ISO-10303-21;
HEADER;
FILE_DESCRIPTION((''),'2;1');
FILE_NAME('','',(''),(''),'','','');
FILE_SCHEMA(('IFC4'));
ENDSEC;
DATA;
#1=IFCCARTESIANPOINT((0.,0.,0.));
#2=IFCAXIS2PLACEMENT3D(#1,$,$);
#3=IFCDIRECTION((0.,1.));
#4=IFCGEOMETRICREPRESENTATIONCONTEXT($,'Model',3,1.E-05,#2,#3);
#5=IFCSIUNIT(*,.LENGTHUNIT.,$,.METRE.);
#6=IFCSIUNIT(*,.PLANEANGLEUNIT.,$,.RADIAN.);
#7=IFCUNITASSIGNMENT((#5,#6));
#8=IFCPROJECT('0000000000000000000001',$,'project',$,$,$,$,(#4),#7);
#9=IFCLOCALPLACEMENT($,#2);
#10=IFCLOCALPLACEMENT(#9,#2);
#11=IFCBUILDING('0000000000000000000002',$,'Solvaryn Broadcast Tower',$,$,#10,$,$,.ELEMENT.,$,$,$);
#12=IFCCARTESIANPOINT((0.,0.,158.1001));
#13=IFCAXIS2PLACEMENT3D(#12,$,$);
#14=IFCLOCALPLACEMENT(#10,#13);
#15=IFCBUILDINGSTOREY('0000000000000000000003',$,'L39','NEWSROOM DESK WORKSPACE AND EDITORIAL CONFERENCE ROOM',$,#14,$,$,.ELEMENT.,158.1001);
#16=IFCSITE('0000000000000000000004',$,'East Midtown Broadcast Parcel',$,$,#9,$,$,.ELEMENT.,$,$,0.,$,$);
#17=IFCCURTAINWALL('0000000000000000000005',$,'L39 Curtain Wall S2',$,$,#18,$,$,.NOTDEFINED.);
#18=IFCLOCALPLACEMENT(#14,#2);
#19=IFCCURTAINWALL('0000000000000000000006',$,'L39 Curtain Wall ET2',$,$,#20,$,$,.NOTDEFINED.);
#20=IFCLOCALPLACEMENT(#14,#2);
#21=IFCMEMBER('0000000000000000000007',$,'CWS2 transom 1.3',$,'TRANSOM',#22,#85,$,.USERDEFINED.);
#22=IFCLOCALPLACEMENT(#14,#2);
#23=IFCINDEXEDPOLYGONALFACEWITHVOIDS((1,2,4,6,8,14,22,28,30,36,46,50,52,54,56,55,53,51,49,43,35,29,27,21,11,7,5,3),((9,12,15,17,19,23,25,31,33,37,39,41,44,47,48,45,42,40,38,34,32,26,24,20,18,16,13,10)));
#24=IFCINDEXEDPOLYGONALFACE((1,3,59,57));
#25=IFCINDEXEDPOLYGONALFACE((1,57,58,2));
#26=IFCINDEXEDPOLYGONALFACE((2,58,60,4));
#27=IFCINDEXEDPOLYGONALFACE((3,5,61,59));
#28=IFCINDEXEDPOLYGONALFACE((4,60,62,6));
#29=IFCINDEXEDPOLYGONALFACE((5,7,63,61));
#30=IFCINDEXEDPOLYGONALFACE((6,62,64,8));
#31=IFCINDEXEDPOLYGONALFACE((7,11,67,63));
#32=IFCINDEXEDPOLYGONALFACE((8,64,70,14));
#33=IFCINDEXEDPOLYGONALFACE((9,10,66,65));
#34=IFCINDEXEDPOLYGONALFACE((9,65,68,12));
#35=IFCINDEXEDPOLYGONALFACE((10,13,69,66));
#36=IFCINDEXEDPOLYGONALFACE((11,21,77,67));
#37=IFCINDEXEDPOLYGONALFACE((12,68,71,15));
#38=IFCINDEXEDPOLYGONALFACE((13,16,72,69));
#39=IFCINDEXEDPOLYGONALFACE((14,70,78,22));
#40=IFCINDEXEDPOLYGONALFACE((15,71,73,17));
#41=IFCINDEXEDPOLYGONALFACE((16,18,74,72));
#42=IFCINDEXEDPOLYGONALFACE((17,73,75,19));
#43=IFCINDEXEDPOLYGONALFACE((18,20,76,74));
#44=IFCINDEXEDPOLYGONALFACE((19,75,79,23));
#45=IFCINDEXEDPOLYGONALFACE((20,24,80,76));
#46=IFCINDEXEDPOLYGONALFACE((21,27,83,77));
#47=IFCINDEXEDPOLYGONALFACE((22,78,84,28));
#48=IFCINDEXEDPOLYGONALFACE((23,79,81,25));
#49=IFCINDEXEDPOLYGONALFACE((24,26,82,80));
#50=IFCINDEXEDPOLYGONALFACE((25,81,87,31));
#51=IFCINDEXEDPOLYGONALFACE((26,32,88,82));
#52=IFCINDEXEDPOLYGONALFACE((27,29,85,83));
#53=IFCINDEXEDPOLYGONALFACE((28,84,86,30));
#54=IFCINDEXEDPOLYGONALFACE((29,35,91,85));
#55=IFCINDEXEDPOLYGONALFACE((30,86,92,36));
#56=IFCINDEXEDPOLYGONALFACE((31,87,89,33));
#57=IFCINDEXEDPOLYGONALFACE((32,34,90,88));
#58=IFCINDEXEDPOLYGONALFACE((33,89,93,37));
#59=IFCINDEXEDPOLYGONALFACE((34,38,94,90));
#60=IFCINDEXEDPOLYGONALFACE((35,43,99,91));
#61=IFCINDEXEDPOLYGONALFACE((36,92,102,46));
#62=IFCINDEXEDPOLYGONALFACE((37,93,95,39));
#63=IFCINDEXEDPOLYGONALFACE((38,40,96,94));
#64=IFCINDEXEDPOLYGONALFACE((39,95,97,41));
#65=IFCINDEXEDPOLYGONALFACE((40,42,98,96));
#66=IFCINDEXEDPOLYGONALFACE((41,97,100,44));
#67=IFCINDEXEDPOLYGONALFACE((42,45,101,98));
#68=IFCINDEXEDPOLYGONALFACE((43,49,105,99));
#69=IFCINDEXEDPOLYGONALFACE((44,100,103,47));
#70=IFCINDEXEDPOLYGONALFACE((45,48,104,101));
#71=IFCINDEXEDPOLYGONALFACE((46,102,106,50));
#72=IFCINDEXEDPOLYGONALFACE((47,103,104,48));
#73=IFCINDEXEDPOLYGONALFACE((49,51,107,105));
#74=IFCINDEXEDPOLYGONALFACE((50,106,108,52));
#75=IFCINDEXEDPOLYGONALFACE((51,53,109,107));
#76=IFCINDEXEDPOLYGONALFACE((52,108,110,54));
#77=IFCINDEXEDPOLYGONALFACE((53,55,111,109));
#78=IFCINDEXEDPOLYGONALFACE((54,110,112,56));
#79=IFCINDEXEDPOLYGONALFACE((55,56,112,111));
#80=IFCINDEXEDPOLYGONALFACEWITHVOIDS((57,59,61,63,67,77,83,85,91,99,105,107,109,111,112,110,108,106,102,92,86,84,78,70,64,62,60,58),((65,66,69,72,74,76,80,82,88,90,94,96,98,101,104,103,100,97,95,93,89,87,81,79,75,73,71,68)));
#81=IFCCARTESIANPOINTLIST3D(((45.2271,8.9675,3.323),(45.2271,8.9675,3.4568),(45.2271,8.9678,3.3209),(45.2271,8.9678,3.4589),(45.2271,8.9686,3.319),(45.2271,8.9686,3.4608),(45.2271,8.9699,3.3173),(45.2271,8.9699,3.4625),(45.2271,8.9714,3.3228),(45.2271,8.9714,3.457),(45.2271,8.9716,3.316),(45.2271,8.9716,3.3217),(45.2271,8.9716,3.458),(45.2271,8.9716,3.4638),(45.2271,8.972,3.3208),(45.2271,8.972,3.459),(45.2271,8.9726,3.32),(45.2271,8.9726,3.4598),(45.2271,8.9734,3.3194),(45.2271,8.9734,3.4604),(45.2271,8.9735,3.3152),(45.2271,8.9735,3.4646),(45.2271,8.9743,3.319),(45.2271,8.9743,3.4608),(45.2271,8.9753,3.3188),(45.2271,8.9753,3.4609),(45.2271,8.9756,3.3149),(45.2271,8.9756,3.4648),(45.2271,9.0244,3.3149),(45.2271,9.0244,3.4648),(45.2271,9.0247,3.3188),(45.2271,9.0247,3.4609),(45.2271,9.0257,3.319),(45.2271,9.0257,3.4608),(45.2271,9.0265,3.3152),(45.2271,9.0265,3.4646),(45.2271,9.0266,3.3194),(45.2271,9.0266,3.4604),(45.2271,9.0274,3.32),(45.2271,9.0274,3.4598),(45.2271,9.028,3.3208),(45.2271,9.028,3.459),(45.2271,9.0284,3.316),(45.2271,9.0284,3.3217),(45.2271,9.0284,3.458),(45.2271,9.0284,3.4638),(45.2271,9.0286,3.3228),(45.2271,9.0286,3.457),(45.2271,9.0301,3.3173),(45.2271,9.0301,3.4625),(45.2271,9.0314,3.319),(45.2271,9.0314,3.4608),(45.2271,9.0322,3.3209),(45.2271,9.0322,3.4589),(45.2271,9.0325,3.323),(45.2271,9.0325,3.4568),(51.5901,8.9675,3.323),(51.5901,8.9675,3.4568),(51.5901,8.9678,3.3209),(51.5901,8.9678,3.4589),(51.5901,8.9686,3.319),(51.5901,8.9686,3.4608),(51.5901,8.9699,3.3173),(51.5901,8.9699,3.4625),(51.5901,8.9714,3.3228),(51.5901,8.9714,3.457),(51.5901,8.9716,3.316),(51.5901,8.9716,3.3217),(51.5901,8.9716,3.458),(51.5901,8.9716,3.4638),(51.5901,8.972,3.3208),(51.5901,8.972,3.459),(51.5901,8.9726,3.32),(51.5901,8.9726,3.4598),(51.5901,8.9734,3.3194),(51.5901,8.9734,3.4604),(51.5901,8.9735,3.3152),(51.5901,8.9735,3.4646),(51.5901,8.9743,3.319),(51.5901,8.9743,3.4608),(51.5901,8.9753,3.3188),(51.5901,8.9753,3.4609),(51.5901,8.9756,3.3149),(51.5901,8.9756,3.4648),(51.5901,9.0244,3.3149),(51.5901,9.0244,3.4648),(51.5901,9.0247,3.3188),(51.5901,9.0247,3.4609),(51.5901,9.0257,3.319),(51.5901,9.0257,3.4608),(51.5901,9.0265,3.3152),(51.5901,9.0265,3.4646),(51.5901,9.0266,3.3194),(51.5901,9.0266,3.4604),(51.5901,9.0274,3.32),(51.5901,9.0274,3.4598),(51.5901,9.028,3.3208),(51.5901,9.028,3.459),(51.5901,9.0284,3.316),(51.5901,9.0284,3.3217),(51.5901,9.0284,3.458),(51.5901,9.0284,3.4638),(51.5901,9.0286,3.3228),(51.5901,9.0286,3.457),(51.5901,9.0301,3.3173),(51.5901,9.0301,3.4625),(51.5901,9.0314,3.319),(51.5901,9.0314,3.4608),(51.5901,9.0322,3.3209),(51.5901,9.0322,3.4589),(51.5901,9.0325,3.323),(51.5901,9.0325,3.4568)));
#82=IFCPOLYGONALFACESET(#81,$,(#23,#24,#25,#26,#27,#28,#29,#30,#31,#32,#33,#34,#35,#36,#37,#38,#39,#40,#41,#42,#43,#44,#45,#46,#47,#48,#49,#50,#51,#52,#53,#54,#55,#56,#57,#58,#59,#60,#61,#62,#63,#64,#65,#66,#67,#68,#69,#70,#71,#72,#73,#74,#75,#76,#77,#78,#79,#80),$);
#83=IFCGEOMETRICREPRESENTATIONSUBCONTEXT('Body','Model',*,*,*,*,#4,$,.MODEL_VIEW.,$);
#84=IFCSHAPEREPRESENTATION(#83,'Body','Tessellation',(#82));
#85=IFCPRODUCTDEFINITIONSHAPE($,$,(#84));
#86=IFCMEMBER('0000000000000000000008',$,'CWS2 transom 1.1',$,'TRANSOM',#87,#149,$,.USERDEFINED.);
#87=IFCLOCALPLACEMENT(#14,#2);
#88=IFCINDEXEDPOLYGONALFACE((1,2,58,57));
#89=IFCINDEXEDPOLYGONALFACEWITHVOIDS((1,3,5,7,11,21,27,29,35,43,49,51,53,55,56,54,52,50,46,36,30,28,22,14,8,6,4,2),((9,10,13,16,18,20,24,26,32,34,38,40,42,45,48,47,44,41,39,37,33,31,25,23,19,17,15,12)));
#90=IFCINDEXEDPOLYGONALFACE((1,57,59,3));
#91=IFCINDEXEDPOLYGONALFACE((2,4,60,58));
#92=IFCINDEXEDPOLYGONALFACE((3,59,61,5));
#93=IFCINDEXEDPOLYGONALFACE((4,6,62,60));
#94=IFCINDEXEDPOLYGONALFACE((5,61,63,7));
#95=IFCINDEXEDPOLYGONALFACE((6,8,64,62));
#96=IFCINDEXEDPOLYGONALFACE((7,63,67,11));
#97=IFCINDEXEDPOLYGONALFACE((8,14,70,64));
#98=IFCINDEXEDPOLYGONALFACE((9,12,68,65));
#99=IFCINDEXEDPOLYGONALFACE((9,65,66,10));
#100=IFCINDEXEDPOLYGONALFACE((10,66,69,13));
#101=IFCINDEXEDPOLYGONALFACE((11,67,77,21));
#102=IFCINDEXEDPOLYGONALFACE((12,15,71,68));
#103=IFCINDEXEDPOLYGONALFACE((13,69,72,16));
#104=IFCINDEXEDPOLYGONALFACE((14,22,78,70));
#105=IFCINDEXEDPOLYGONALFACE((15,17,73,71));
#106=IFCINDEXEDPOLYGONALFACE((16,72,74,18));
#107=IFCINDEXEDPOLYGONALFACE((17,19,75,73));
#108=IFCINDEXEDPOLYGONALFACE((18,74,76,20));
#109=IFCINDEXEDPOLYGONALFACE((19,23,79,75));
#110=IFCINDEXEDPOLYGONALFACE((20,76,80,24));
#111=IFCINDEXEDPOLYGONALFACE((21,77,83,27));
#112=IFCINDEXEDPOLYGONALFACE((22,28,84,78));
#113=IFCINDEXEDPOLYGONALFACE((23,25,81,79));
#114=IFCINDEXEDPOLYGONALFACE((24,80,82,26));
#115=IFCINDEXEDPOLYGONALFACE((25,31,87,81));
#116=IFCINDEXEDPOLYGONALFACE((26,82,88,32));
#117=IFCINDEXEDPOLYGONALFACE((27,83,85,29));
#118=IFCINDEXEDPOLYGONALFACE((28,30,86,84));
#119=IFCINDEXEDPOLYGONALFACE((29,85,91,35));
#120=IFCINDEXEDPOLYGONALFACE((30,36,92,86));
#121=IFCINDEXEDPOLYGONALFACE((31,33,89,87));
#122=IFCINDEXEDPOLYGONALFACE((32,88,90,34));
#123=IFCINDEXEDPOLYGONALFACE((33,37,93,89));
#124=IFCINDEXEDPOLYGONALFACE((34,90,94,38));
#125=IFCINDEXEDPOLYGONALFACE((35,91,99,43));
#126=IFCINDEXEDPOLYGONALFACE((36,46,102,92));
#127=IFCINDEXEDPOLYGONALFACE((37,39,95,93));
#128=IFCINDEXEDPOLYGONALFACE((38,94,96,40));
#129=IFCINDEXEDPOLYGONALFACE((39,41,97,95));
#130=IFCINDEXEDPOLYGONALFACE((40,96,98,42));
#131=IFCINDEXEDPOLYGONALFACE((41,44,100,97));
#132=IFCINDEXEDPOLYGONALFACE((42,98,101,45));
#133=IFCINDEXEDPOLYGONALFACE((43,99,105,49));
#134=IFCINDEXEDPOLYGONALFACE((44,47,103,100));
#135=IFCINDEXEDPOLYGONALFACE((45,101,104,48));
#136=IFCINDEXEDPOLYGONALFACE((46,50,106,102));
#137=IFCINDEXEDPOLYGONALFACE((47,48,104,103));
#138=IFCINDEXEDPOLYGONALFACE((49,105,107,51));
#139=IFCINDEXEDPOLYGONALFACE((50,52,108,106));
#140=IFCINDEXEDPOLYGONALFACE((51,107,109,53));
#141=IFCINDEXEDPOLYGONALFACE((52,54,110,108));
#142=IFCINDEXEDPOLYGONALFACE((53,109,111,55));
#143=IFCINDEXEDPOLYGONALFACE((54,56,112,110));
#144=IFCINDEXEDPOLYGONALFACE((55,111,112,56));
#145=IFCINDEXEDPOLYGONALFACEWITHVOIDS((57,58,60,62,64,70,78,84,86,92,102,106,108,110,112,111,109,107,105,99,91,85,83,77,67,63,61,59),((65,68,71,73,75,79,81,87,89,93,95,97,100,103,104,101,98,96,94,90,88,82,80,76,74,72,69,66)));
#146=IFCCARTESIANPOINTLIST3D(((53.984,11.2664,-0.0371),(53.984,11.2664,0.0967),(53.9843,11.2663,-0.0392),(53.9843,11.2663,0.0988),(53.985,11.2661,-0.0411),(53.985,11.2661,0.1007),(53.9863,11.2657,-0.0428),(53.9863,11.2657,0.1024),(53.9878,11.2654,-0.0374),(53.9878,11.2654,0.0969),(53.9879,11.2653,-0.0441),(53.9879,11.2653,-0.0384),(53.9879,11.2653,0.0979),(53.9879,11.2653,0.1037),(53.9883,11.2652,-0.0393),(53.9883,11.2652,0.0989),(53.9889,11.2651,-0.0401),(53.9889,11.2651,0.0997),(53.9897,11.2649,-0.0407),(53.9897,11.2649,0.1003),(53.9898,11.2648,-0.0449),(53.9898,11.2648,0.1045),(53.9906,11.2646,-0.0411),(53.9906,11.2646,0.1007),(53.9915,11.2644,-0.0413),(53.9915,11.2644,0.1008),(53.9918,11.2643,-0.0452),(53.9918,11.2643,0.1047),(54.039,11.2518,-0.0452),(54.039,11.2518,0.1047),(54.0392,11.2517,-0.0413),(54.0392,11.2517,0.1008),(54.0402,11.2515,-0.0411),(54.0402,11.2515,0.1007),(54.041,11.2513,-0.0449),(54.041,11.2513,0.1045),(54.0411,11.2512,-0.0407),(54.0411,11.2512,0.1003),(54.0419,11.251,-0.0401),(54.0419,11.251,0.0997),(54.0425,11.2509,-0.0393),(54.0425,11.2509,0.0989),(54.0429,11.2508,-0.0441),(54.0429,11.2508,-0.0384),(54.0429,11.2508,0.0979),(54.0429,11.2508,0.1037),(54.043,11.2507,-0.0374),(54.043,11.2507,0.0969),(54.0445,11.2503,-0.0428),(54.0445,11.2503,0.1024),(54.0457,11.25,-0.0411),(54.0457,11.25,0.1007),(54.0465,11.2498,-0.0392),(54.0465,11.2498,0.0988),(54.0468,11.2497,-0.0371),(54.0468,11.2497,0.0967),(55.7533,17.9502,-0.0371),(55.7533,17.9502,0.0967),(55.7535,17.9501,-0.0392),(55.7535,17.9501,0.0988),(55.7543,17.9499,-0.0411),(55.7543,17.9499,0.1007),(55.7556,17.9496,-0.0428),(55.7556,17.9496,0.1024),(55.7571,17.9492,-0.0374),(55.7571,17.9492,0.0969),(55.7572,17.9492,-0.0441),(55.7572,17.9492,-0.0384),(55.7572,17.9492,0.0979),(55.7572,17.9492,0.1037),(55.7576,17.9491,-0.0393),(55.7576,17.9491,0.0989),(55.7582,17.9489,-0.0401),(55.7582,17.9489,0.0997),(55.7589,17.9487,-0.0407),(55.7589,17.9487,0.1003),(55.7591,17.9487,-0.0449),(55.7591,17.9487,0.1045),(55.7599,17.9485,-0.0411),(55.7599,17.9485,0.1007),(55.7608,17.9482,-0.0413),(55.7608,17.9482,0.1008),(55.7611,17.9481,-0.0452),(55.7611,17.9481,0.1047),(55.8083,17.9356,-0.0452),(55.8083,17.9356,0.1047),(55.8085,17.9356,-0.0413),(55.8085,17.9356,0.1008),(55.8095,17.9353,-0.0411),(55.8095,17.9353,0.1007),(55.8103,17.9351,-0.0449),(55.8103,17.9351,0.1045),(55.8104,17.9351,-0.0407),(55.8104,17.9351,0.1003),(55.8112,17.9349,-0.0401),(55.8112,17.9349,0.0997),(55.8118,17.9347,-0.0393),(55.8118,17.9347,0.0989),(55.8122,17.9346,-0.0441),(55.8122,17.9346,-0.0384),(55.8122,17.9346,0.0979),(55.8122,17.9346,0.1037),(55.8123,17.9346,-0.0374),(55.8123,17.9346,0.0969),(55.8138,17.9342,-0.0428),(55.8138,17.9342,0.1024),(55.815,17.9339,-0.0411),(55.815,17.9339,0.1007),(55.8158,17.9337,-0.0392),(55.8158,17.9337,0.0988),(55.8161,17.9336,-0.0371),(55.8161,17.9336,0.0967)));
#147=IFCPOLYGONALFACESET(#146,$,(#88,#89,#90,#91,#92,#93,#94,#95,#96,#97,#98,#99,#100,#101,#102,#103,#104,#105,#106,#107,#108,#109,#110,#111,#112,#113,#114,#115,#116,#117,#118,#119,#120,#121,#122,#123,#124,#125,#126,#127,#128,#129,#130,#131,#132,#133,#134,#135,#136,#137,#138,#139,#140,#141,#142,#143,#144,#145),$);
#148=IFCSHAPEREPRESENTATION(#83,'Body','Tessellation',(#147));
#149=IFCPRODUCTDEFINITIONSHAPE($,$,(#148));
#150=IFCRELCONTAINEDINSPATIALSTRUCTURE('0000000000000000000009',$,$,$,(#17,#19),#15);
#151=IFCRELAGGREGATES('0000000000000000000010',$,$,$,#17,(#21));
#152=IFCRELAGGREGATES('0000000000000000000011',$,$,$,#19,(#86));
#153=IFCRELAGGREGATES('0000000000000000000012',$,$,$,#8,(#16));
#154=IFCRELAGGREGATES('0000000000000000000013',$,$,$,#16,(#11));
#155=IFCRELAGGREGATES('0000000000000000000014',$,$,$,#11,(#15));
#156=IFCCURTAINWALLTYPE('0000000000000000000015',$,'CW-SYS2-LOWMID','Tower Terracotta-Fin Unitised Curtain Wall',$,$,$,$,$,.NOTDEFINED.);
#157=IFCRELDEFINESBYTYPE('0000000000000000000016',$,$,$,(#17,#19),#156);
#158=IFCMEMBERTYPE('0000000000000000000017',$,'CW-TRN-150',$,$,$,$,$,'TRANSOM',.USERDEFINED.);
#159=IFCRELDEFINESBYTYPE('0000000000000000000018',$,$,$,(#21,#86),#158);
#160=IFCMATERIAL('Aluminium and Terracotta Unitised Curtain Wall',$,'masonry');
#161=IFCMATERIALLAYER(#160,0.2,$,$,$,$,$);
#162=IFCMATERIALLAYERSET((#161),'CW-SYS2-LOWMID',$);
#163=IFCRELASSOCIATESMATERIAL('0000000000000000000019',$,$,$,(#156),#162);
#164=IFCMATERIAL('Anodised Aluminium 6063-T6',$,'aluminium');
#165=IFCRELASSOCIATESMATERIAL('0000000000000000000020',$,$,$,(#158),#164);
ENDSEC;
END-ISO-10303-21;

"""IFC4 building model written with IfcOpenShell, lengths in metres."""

from ifc_helpers import new_model, si_unit, direction, frame, origin, origin_2d, place, context, subcontext, project, spatial, hollow_rectangle, extrude, material, layer, layer_set, material_profile, profile_set, type_object, element, aggregate, save


model = new_model("IFC4")

# Units and contexts
model_context = context("Model", 3, precision=1e-05, world=origin(), true_north=direction((0.0, 1.0)))
body_context = subcontext(model_context, "Body", "Model", "MODEL_VIEW")
ifc_project = project(units=[si_unit("LENGTHUNIT", "METRE"), si_unit("PLANEANGLEUNIT", "RADIAN")], contexts=[model_context])

# Site, building, storey
site_placement = place(None, origin())
site = spatial("IfcSite", under=ifc_project, at=site_placement, Name="East Midtown Broadcast Parcel", CompositionType="ELEMENT", RefElevation=0.0)
building_placement = place(site_placement, origin())
building = spatial("IfcBuilding", under=site, at=building_placement, Name="Solvaryn Broadcast Tower", CompositionType="ELEMENT")
storey_placement = place(building_placement, frame((0.0, 0.0, 158.1001)))
storey = spatial("IfcBuildingStorey", under=building, at=storey_placement, Name="L39", Description="NEWSROOM DESK WORKSPACE AND EDITORIAL CONFERENCE ROOM", CompositionType="ELEMENT", Elevation=158.1001)

# Curtain wall
ifc_material_1 = material(Name="Aluminium and Terracotta Unitised Curtain Wall", Category="masonry")
ifc_layer_1 = layer(ifc_material_1, 0.2)
ifc_layer_set_1 = layer_set([ifc_layer_1], Name="CW-SYS2-LOWMID")
curtain_wall_type = type_object("IfcCurtainWallType", Name="CW-SYS2-LOWMID", Description="Tower Terracotta-Fin Unitised Curtain Wall", PredefinedType="NOTDEFINED", material=ifc_layer_set_1)
curtain_wall_1_placement = place(storey_placement, origin())
curtain_wall_1 = element("IfcCurtainWall", 1, at=curtain_wall_1_placement, inside=storey, type_object=curtain_wall_type, Name="L39 Curtain Wall S2", PredefinedType="NOTDEFINED")

# Curtain wall
curtain_wall_2_placement = place(storey_placement, origin())
curtain_wall_2 = element("IfcCurtainWall", 2, at=curtain_wall_2_placement, inside=storey, type_object=curtain_wall_type, Name="L39 Curtain Wall ET2", PredefinedType="NOTDEFINED")

# Members
ifc_material_2 = material(Name="Anodised Aluminium 6063-T6", Category="aluminium")
ifc_material_profile_1 = material_profile(ifc_material_2, hollow_rectangle(XDim=0.0649, YDim=0.1499, WallThickness=0.0039, InnerFilletRadius=0.0039, OuterFilletRadius=0.0081, at=origin_2d()))
ifc_profile_set_1 = profile_set([ifc_material_profile_1], Name="Anodised Aluminium 6063-T6")
member_type_1 = type_object("IfcMemberType", Name="CW-TRN-150", ElementType="TRANSOM", PredefinedType="USERDEFINED", material=ifc_profile_set_1)
member_1_placement = place(storey_placement, frame((45.2271, 9.0, 3.3899), z_axis=(1.0, 0.0, 0.0), x_axis=(0.0, 1.0, 0.0)))
member_1 = element("IfcMember", 3, at=member_1_placement, type_object=member_type_1, Name="CWS2 transom 1.3", ObjectType="TRANSOM", PredefinedType="USERDEFINED", context=body_context, shape_type="SweptSolid", body=[
    extrude(hollow_rectangle(XDim=0.0649, YDim=0.1499, WallThickness=0.0039, InnerFilletRadius=0.0039, OuterFilletRadius=0.0081, at=origin_2d()), origin(), (0.0, 0.0, 1.0), 6.363),
])
member_2_placement = place(storey_placement, frame((55.7847, 17.9419, 0.0298), z_axis=(-0.255897, -0.966704, 0.0), x_axis=(0.966704, -0.255897, 0.0)))
member_2 = element("IfcMember", 4, at=member_2_placement, type_object=member_type_1, Name="CWS2 transom 1.1", ObjectType="TRANSOM", PredefinedType="USERDEFINED", context=body_context, shape_type="SweptSolid", body=[
    extrude(hollow_rectangle(XDim=0.0649, YDim=0.1499, WallThickness=0.0039, InnerFilletRadius=0.0039, OuterFilletRadius=0.0081, at=origin_2d()), origin(), (0.0, 0.0, 1.0), 6.9141),
])

aggregate(curtain_wall_1, [member_1])
aggregate(curtain_wall_2, [member_2])

save(model, "model.ifc")
